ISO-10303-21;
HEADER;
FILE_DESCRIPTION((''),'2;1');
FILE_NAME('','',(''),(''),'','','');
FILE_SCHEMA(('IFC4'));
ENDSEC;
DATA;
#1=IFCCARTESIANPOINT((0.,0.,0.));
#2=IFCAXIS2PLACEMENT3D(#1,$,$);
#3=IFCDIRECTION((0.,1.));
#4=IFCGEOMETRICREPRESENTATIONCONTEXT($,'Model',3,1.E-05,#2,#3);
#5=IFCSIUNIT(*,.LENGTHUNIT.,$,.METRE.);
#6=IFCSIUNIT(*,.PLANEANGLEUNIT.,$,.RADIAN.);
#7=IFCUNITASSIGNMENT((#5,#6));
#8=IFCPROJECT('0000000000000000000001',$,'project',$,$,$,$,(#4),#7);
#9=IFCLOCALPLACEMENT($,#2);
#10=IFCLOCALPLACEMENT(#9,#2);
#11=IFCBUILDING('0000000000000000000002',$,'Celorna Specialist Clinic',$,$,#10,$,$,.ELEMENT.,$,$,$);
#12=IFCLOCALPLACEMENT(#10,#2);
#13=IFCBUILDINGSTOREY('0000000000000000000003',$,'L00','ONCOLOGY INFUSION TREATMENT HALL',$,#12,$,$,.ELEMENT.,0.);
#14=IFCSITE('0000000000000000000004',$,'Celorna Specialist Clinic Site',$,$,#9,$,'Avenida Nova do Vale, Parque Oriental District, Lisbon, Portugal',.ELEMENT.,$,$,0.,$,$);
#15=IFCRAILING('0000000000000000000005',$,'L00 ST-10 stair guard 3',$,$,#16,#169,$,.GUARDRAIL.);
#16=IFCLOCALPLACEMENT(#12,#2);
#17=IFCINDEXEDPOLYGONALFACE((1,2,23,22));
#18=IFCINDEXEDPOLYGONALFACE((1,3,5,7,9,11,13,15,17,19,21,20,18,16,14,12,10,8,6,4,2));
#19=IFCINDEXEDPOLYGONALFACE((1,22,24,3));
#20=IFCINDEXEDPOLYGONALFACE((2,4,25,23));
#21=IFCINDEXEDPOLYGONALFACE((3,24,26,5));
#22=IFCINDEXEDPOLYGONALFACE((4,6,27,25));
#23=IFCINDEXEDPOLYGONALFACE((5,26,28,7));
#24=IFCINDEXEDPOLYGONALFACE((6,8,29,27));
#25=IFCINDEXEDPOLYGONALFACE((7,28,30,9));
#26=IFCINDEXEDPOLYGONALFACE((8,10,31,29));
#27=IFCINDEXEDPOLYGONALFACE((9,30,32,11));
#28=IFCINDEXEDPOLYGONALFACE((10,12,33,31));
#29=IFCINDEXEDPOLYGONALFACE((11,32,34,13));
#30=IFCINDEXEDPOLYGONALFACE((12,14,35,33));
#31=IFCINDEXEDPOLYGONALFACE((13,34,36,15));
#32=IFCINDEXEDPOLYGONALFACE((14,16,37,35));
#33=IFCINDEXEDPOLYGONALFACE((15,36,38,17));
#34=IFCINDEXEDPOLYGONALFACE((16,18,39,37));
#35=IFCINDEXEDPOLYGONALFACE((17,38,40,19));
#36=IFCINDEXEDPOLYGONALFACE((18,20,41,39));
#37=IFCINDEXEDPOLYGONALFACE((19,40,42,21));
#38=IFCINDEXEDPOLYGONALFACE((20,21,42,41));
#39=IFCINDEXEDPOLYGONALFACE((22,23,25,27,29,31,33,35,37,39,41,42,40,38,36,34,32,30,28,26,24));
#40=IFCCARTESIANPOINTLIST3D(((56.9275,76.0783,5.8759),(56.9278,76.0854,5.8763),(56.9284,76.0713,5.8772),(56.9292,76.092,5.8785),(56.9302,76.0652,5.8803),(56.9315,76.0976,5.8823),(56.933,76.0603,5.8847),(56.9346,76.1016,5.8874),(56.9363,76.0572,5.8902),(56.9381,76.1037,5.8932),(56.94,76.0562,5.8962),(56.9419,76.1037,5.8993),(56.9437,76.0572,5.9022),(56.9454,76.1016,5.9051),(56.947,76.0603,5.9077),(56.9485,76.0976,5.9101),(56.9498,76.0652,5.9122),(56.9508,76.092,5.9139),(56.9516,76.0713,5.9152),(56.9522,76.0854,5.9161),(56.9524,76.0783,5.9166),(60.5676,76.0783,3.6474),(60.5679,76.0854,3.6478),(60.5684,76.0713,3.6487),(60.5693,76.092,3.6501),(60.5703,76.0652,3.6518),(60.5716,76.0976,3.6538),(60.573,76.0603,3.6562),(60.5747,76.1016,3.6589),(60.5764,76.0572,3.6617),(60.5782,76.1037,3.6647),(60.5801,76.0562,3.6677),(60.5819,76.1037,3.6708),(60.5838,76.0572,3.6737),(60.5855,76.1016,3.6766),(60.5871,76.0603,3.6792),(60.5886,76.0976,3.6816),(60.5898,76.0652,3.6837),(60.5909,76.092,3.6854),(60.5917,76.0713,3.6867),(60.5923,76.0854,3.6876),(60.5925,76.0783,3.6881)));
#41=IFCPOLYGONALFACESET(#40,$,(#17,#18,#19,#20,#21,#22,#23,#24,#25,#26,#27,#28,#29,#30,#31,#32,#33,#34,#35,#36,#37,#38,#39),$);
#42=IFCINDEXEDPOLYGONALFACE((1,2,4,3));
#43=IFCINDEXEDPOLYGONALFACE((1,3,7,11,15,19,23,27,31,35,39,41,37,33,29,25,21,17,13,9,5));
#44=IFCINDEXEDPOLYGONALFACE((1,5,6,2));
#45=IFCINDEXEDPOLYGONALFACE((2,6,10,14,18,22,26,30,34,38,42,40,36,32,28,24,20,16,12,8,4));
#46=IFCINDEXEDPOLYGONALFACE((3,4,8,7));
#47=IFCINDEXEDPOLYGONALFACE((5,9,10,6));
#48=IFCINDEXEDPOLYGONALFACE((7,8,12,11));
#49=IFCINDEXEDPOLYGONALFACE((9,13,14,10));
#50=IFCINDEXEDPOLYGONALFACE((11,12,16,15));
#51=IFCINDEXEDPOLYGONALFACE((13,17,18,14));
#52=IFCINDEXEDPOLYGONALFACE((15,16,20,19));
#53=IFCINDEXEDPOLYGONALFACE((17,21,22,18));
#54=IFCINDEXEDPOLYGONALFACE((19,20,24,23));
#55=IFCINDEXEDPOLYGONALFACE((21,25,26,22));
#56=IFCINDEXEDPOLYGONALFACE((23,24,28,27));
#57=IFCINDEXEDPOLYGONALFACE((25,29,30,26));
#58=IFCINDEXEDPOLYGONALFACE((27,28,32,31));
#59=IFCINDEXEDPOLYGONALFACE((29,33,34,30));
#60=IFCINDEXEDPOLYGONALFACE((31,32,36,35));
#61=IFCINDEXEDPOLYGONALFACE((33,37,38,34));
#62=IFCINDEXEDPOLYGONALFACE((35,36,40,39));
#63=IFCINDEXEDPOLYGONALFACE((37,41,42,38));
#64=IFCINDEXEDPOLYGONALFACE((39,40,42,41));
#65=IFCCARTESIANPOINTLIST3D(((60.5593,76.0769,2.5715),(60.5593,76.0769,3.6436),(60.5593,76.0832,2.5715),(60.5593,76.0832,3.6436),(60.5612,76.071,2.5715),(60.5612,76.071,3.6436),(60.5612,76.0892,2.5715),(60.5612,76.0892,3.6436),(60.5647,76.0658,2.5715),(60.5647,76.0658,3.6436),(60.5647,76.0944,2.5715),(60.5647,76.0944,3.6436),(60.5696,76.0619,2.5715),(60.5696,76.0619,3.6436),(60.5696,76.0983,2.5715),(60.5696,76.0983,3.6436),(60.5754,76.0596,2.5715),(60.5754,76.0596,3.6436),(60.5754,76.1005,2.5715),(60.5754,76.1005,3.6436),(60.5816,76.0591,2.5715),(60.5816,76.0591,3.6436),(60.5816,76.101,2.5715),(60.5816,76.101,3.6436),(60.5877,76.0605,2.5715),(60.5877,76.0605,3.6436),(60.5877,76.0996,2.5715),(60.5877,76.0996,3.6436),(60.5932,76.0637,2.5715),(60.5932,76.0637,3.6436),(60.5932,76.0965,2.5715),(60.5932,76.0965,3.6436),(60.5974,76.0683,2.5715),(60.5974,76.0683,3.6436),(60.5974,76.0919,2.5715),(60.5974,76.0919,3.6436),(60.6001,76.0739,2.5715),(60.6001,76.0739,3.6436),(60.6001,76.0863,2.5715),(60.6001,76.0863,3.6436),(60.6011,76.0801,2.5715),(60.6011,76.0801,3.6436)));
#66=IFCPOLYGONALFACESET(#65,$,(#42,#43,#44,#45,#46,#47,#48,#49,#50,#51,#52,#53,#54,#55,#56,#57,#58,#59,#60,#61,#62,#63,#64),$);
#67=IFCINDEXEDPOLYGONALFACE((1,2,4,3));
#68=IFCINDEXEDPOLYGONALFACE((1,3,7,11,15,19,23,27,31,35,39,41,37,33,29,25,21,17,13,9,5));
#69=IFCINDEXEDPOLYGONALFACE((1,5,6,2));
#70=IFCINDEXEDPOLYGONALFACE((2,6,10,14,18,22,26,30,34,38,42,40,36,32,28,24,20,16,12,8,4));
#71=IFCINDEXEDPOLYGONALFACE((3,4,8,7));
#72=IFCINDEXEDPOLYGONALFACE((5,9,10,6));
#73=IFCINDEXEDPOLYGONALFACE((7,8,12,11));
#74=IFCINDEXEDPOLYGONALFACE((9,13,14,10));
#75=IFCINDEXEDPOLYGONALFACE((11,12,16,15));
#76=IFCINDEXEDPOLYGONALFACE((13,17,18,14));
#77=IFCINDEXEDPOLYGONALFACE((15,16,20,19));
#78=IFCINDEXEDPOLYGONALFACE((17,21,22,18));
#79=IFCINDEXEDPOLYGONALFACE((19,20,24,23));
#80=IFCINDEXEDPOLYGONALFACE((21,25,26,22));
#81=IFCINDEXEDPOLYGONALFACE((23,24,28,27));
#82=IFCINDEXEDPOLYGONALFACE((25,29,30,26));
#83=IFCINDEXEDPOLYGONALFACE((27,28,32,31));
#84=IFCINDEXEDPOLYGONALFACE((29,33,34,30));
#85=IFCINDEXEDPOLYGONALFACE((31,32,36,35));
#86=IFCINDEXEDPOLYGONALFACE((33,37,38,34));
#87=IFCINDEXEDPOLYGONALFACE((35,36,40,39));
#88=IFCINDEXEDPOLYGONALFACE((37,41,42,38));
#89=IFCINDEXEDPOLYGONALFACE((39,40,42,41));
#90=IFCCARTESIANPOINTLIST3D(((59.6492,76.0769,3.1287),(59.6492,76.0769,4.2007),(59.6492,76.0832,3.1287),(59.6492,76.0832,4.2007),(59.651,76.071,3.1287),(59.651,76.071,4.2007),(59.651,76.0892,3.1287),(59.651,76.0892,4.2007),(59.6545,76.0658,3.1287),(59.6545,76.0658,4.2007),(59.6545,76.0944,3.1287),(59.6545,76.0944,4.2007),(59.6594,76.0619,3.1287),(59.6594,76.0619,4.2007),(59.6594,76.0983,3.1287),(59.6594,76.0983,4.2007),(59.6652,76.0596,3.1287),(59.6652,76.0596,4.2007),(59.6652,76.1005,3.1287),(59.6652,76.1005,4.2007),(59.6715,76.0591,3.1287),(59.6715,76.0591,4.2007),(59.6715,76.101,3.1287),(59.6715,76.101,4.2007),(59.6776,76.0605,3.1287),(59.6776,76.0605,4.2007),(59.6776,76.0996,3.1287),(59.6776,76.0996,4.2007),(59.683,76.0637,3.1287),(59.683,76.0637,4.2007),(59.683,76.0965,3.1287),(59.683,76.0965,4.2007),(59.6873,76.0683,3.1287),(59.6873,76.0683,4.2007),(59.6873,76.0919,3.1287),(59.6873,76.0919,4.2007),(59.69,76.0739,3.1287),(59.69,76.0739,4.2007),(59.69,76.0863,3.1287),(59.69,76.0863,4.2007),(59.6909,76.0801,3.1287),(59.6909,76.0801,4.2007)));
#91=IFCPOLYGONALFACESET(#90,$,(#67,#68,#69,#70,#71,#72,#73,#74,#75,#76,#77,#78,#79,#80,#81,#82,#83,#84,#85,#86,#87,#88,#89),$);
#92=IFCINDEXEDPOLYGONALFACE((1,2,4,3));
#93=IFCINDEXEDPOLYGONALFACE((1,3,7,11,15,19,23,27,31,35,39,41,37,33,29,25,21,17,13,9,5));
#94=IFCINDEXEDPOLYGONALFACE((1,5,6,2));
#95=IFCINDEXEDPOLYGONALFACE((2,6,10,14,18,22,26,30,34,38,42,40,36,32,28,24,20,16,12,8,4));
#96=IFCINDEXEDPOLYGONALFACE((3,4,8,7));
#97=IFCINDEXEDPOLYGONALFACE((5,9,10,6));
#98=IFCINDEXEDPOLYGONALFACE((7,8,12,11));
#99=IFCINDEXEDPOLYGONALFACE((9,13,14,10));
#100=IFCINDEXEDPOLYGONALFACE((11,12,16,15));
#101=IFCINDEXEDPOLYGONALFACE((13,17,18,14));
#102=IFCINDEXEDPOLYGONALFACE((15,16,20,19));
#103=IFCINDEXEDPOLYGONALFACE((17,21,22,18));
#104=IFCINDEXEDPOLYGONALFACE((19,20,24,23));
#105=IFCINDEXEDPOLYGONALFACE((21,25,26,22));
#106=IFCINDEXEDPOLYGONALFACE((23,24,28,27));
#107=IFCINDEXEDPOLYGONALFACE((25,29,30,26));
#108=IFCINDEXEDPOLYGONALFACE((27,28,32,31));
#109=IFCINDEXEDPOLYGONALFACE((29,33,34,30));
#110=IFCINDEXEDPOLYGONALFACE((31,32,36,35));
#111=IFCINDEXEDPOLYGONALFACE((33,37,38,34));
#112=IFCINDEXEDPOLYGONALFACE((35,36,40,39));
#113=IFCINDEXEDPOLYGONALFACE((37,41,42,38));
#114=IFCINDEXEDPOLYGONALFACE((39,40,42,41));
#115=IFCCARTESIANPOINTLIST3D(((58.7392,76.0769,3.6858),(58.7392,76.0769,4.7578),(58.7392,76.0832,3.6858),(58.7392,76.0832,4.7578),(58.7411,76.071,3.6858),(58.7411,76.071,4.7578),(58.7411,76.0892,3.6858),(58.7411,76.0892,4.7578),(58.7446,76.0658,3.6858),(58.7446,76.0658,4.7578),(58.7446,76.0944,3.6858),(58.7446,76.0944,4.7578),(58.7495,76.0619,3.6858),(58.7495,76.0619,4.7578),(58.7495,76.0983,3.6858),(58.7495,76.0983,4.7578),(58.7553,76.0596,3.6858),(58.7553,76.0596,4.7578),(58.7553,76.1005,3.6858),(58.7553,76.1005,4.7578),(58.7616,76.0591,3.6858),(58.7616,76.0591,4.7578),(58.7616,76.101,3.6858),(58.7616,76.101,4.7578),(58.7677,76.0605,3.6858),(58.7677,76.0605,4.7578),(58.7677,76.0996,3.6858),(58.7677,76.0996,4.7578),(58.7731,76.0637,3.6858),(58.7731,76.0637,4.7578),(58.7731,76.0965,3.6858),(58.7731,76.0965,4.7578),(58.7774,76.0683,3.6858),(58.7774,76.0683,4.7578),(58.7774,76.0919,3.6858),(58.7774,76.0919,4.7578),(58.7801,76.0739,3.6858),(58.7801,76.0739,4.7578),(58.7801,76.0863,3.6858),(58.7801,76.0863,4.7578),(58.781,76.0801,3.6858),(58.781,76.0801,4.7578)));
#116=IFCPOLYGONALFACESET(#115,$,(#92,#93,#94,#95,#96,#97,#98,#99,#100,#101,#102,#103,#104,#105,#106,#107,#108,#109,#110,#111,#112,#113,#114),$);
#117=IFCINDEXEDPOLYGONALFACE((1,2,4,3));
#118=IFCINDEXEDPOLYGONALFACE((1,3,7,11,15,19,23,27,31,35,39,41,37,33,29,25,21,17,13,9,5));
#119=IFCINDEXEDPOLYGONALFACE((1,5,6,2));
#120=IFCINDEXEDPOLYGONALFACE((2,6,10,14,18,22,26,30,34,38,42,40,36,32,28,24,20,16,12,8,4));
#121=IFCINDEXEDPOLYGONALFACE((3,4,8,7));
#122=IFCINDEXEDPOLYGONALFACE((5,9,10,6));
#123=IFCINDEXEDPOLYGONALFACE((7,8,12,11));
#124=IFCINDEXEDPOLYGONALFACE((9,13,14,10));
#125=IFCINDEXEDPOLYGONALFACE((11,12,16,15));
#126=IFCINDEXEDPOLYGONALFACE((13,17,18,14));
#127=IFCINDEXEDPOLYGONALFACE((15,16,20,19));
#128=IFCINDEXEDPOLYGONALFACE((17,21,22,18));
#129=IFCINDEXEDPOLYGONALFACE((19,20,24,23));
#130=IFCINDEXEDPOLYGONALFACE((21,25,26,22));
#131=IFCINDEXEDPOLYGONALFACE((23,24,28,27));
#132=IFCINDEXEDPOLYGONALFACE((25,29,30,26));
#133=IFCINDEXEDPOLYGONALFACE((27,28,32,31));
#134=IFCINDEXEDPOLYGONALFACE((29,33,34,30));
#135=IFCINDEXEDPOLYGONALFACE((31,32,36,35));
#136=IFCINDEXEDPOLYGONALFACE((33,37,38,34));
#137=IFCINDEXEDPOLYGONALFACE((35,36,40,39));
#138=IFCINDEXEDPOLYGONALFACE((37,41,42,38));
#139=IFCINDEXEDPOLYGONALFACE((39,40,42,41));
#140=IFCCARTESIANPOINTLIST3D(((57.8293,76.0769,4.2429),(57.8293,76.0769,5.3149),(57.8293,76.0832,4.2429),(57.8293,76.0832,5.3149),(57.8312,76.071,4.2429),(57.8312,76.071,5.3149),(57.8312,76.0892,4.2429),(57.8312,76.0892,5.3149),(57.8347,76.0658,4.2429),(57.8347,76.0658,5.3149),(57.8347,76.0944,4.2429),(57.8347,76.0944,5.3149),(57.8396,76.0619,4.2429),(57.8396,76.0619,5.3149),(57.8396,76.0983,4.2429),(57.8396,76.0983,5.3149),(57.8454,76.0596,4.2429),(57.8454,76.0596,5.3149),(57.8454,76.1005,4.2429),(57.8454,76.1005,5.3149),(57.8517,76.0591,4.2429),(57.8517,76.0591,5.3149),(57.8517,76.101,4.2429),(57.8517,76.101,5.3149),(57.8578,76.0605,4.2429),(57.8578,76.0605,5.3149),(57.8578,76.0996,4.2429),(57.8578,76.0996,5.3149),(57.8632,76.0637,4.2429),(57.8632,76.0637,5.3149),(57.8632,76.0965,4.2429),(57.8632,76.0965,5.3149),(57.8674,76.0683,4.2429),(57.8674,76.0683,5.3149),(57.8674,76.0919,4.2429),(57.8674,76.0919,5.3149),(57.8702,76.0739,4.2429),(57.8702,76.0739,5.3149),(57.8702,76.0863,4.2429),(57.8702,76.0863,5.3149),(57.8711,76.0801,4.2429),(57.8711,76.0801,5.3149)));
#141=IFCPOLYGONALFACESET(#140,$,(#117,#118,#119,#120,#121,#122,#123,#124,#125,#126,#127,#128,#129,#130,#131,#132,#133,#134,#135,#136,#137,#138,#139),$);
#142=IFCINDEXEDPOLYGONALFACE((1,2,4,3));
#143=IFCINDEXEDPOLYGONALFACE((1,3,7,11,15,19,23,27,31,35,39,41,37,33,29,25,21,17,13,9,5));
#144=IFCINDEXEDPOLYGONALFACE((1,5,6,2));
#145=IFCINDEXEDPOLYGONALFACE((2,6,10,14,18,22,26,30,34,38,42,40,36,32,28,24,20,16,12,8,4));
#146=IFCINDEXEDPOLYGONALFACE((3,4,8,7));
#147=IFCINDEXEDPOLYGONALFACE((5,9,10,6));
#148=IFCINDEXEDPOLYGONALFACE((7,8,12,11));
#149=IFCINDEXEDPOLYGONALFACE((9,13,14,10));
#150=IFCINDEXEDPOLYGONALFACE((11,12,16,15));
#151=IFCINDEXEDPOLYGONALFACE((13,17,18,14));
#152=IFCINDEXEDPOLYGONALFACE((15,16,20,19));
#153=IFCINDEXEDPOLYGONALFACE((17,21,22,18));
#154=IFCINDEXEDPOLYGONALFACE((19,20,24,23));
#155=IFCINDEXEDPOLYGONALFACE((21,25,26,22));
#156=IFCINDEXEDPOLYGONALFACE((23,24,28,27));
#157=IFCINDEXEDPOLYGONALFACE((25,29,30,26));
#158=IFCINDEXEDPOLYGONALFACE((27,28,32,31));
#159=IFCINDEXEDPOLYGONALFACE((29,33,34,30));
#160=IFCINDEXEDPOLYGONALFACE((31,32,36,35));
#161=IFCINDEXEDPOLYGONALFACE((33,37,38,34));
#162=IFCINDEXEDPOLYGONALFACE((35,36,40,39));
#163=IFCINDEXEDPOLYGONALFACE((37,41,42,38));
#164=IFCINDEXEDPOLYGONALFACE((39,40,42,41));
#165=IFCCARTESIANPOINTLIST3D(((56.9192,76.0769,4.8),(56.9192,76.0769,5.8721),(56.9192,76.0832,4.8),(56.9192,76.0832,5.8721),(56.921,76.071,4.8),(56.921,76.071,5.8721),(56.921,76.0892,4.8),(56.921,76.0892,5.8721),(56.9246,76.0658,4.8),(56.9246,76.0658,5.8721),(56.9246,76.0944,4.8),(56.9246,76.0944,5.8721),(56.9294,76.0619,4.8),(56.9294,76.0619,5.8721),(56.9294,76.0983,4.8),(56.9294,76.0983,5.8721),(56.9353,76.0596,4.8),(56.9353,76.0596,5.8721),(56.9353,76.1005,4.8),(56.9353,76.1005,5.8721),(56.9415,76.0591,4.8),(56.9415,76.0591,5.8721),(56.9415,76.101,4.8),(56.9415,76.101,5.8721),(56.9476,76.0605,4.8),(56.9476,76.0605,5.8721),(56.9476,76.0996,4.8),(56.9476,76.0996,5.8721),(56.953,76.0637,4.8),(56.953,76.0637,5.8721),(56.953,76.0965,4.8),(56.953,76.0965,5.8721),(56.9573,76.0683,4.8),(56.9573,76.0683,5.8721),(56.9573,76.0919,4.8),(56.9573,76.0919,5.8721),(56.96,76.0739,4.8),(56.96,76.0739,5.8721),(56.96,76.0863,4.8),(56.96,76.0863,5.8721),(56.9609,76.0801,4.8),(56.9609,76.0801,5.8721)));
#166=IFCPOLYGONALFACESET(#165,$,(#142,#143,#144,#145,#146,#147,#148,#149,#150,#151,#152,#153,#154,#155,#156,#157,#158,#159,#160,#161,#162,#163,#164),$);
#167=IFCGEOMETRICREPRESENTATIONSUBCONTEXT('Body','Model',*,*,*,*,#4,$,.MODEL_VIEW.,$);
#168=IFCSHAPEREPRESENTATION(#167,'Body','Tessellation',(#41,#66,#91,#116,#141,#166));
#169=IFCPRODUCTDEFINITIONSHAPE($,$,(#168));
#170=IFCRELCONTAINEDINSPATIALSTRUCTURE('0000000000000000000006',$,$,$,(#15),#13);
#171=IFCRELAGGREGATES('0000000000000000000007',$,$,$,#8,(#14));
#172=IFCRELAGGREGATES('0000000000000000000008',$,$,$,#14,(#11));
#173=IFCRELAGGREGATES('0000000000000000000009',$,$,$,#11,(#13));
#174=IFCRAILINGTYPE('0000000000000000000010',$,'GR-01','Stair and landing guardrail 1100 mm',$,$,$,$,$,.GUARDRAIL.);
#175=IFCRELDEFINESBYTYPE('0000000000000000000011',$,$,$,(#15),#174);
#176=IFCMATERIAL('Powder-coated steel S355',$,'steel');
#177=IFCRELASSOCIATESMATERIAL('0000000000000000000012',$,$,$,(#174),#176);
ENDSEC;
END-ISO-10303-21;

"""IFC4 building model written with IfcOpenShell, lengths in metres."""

from ifc_helpers import new_model, si_unit, direction, frame, origin, origin_2d, place, context, subcontext, project, spatial, circle, extrude, material, type_object, element, save


model = new_model("IFC4")

# Units and contexts
model_context = context("Model", 3, precision=1e-05, world=origin(), true_north=direction((0.0, 1.0)))
body_context = subcontext(model_context, "Body", "Model", "MODEL_VIEW")
ifc_project = project(units=[si_unit("LENGTHUNIT", "METRE"), si_unit("PLANEANGLEUNIT", "RADIAN")], contexts=[model_context])

# Site, building, storey
site_placement = place(None, origin())
site = spatial("IfcSite", under=ifc_project, at=site_placement, Name="Celorna Specialist Clinic Site", LongName="Avenida Nova do Vale, Parque Oriental District, Lisbon, Portugal", CompositionType="ELEMENT", RefElevation=0.0)
building_placement = place(site_placement, origin())
building = spatial("IfcBuilding", under=site, at=building_placement, Name="Celorna Specialist Clinic", CompositionType="ELEMENT")
storey_placement = place(building_placement, origin())
storey = spatial("IfcBuildingStorey", under=building, at=storey_placement, Name="L00", Description="ONCOLOGY INFUSION TREATMENT HALL", CompositionType="ELEMENT", Elevation=0.0)

# Railing
ifc_material_1 = material(Name="Powder-coated steel S355", Category="steel")
railing_type_1 = type_object("IfcRailingType", Name="GR-01", Description="Stair and landing guardrail 1100 mm", PredefinedType="GUARDRAIL", material=ifc_material_1)
railing_1_placement = place(storey_placement, frame((60.5801, 76.0801, 2.5715)))
element("IfcRailing", 1, at=railing_1_placement, inside=storey, type_object=railing_type_1, Name="L00 ST-10 stair guard 3", PredefinedType="GUARDRAIL", context=body_context, shape_type="SweptSolid", body=[
    extrude(circle(Radius=0.0239, at=origin_2d()), frame((0.0, 0.0, 1.0962), z_axis=(-0.852866, 0.0, 0.52213), x_axis=(0.0, -1.0, 0.0)), (0.0, 0.0, 1.0), 4.2681),
    extrude(circle(Radius=0.021, at=origin_2d()), origin(), (0.0, 0.0, 1.0), 1.072),
    extrude(circle(Radius=0.021, at=origin_2d()), frame((-0.9102, 0.0, 0.5571)), (0.0, 0.0, 1.0), 1.072),
    extrude(circle(Radius=0.021, at=origin_2d()), frame((-1.8201, 0.0, 1.1143)), (0.0, 0.0, 1.0), 1.072),
    extrude(circle(Radius=0.021, at=origin_2d()), frame((-2.73, 0.0, 1.6714)), (0.0, 0.0, 1.0), 1.072),
    extrude(circle(Radius=0.021, at=origin_2d()), frame((-3.6401, 0.0, 2.2285)), (0.0, 0.0, 1.0), 1.072),
])

save(model, "model.ifc")
